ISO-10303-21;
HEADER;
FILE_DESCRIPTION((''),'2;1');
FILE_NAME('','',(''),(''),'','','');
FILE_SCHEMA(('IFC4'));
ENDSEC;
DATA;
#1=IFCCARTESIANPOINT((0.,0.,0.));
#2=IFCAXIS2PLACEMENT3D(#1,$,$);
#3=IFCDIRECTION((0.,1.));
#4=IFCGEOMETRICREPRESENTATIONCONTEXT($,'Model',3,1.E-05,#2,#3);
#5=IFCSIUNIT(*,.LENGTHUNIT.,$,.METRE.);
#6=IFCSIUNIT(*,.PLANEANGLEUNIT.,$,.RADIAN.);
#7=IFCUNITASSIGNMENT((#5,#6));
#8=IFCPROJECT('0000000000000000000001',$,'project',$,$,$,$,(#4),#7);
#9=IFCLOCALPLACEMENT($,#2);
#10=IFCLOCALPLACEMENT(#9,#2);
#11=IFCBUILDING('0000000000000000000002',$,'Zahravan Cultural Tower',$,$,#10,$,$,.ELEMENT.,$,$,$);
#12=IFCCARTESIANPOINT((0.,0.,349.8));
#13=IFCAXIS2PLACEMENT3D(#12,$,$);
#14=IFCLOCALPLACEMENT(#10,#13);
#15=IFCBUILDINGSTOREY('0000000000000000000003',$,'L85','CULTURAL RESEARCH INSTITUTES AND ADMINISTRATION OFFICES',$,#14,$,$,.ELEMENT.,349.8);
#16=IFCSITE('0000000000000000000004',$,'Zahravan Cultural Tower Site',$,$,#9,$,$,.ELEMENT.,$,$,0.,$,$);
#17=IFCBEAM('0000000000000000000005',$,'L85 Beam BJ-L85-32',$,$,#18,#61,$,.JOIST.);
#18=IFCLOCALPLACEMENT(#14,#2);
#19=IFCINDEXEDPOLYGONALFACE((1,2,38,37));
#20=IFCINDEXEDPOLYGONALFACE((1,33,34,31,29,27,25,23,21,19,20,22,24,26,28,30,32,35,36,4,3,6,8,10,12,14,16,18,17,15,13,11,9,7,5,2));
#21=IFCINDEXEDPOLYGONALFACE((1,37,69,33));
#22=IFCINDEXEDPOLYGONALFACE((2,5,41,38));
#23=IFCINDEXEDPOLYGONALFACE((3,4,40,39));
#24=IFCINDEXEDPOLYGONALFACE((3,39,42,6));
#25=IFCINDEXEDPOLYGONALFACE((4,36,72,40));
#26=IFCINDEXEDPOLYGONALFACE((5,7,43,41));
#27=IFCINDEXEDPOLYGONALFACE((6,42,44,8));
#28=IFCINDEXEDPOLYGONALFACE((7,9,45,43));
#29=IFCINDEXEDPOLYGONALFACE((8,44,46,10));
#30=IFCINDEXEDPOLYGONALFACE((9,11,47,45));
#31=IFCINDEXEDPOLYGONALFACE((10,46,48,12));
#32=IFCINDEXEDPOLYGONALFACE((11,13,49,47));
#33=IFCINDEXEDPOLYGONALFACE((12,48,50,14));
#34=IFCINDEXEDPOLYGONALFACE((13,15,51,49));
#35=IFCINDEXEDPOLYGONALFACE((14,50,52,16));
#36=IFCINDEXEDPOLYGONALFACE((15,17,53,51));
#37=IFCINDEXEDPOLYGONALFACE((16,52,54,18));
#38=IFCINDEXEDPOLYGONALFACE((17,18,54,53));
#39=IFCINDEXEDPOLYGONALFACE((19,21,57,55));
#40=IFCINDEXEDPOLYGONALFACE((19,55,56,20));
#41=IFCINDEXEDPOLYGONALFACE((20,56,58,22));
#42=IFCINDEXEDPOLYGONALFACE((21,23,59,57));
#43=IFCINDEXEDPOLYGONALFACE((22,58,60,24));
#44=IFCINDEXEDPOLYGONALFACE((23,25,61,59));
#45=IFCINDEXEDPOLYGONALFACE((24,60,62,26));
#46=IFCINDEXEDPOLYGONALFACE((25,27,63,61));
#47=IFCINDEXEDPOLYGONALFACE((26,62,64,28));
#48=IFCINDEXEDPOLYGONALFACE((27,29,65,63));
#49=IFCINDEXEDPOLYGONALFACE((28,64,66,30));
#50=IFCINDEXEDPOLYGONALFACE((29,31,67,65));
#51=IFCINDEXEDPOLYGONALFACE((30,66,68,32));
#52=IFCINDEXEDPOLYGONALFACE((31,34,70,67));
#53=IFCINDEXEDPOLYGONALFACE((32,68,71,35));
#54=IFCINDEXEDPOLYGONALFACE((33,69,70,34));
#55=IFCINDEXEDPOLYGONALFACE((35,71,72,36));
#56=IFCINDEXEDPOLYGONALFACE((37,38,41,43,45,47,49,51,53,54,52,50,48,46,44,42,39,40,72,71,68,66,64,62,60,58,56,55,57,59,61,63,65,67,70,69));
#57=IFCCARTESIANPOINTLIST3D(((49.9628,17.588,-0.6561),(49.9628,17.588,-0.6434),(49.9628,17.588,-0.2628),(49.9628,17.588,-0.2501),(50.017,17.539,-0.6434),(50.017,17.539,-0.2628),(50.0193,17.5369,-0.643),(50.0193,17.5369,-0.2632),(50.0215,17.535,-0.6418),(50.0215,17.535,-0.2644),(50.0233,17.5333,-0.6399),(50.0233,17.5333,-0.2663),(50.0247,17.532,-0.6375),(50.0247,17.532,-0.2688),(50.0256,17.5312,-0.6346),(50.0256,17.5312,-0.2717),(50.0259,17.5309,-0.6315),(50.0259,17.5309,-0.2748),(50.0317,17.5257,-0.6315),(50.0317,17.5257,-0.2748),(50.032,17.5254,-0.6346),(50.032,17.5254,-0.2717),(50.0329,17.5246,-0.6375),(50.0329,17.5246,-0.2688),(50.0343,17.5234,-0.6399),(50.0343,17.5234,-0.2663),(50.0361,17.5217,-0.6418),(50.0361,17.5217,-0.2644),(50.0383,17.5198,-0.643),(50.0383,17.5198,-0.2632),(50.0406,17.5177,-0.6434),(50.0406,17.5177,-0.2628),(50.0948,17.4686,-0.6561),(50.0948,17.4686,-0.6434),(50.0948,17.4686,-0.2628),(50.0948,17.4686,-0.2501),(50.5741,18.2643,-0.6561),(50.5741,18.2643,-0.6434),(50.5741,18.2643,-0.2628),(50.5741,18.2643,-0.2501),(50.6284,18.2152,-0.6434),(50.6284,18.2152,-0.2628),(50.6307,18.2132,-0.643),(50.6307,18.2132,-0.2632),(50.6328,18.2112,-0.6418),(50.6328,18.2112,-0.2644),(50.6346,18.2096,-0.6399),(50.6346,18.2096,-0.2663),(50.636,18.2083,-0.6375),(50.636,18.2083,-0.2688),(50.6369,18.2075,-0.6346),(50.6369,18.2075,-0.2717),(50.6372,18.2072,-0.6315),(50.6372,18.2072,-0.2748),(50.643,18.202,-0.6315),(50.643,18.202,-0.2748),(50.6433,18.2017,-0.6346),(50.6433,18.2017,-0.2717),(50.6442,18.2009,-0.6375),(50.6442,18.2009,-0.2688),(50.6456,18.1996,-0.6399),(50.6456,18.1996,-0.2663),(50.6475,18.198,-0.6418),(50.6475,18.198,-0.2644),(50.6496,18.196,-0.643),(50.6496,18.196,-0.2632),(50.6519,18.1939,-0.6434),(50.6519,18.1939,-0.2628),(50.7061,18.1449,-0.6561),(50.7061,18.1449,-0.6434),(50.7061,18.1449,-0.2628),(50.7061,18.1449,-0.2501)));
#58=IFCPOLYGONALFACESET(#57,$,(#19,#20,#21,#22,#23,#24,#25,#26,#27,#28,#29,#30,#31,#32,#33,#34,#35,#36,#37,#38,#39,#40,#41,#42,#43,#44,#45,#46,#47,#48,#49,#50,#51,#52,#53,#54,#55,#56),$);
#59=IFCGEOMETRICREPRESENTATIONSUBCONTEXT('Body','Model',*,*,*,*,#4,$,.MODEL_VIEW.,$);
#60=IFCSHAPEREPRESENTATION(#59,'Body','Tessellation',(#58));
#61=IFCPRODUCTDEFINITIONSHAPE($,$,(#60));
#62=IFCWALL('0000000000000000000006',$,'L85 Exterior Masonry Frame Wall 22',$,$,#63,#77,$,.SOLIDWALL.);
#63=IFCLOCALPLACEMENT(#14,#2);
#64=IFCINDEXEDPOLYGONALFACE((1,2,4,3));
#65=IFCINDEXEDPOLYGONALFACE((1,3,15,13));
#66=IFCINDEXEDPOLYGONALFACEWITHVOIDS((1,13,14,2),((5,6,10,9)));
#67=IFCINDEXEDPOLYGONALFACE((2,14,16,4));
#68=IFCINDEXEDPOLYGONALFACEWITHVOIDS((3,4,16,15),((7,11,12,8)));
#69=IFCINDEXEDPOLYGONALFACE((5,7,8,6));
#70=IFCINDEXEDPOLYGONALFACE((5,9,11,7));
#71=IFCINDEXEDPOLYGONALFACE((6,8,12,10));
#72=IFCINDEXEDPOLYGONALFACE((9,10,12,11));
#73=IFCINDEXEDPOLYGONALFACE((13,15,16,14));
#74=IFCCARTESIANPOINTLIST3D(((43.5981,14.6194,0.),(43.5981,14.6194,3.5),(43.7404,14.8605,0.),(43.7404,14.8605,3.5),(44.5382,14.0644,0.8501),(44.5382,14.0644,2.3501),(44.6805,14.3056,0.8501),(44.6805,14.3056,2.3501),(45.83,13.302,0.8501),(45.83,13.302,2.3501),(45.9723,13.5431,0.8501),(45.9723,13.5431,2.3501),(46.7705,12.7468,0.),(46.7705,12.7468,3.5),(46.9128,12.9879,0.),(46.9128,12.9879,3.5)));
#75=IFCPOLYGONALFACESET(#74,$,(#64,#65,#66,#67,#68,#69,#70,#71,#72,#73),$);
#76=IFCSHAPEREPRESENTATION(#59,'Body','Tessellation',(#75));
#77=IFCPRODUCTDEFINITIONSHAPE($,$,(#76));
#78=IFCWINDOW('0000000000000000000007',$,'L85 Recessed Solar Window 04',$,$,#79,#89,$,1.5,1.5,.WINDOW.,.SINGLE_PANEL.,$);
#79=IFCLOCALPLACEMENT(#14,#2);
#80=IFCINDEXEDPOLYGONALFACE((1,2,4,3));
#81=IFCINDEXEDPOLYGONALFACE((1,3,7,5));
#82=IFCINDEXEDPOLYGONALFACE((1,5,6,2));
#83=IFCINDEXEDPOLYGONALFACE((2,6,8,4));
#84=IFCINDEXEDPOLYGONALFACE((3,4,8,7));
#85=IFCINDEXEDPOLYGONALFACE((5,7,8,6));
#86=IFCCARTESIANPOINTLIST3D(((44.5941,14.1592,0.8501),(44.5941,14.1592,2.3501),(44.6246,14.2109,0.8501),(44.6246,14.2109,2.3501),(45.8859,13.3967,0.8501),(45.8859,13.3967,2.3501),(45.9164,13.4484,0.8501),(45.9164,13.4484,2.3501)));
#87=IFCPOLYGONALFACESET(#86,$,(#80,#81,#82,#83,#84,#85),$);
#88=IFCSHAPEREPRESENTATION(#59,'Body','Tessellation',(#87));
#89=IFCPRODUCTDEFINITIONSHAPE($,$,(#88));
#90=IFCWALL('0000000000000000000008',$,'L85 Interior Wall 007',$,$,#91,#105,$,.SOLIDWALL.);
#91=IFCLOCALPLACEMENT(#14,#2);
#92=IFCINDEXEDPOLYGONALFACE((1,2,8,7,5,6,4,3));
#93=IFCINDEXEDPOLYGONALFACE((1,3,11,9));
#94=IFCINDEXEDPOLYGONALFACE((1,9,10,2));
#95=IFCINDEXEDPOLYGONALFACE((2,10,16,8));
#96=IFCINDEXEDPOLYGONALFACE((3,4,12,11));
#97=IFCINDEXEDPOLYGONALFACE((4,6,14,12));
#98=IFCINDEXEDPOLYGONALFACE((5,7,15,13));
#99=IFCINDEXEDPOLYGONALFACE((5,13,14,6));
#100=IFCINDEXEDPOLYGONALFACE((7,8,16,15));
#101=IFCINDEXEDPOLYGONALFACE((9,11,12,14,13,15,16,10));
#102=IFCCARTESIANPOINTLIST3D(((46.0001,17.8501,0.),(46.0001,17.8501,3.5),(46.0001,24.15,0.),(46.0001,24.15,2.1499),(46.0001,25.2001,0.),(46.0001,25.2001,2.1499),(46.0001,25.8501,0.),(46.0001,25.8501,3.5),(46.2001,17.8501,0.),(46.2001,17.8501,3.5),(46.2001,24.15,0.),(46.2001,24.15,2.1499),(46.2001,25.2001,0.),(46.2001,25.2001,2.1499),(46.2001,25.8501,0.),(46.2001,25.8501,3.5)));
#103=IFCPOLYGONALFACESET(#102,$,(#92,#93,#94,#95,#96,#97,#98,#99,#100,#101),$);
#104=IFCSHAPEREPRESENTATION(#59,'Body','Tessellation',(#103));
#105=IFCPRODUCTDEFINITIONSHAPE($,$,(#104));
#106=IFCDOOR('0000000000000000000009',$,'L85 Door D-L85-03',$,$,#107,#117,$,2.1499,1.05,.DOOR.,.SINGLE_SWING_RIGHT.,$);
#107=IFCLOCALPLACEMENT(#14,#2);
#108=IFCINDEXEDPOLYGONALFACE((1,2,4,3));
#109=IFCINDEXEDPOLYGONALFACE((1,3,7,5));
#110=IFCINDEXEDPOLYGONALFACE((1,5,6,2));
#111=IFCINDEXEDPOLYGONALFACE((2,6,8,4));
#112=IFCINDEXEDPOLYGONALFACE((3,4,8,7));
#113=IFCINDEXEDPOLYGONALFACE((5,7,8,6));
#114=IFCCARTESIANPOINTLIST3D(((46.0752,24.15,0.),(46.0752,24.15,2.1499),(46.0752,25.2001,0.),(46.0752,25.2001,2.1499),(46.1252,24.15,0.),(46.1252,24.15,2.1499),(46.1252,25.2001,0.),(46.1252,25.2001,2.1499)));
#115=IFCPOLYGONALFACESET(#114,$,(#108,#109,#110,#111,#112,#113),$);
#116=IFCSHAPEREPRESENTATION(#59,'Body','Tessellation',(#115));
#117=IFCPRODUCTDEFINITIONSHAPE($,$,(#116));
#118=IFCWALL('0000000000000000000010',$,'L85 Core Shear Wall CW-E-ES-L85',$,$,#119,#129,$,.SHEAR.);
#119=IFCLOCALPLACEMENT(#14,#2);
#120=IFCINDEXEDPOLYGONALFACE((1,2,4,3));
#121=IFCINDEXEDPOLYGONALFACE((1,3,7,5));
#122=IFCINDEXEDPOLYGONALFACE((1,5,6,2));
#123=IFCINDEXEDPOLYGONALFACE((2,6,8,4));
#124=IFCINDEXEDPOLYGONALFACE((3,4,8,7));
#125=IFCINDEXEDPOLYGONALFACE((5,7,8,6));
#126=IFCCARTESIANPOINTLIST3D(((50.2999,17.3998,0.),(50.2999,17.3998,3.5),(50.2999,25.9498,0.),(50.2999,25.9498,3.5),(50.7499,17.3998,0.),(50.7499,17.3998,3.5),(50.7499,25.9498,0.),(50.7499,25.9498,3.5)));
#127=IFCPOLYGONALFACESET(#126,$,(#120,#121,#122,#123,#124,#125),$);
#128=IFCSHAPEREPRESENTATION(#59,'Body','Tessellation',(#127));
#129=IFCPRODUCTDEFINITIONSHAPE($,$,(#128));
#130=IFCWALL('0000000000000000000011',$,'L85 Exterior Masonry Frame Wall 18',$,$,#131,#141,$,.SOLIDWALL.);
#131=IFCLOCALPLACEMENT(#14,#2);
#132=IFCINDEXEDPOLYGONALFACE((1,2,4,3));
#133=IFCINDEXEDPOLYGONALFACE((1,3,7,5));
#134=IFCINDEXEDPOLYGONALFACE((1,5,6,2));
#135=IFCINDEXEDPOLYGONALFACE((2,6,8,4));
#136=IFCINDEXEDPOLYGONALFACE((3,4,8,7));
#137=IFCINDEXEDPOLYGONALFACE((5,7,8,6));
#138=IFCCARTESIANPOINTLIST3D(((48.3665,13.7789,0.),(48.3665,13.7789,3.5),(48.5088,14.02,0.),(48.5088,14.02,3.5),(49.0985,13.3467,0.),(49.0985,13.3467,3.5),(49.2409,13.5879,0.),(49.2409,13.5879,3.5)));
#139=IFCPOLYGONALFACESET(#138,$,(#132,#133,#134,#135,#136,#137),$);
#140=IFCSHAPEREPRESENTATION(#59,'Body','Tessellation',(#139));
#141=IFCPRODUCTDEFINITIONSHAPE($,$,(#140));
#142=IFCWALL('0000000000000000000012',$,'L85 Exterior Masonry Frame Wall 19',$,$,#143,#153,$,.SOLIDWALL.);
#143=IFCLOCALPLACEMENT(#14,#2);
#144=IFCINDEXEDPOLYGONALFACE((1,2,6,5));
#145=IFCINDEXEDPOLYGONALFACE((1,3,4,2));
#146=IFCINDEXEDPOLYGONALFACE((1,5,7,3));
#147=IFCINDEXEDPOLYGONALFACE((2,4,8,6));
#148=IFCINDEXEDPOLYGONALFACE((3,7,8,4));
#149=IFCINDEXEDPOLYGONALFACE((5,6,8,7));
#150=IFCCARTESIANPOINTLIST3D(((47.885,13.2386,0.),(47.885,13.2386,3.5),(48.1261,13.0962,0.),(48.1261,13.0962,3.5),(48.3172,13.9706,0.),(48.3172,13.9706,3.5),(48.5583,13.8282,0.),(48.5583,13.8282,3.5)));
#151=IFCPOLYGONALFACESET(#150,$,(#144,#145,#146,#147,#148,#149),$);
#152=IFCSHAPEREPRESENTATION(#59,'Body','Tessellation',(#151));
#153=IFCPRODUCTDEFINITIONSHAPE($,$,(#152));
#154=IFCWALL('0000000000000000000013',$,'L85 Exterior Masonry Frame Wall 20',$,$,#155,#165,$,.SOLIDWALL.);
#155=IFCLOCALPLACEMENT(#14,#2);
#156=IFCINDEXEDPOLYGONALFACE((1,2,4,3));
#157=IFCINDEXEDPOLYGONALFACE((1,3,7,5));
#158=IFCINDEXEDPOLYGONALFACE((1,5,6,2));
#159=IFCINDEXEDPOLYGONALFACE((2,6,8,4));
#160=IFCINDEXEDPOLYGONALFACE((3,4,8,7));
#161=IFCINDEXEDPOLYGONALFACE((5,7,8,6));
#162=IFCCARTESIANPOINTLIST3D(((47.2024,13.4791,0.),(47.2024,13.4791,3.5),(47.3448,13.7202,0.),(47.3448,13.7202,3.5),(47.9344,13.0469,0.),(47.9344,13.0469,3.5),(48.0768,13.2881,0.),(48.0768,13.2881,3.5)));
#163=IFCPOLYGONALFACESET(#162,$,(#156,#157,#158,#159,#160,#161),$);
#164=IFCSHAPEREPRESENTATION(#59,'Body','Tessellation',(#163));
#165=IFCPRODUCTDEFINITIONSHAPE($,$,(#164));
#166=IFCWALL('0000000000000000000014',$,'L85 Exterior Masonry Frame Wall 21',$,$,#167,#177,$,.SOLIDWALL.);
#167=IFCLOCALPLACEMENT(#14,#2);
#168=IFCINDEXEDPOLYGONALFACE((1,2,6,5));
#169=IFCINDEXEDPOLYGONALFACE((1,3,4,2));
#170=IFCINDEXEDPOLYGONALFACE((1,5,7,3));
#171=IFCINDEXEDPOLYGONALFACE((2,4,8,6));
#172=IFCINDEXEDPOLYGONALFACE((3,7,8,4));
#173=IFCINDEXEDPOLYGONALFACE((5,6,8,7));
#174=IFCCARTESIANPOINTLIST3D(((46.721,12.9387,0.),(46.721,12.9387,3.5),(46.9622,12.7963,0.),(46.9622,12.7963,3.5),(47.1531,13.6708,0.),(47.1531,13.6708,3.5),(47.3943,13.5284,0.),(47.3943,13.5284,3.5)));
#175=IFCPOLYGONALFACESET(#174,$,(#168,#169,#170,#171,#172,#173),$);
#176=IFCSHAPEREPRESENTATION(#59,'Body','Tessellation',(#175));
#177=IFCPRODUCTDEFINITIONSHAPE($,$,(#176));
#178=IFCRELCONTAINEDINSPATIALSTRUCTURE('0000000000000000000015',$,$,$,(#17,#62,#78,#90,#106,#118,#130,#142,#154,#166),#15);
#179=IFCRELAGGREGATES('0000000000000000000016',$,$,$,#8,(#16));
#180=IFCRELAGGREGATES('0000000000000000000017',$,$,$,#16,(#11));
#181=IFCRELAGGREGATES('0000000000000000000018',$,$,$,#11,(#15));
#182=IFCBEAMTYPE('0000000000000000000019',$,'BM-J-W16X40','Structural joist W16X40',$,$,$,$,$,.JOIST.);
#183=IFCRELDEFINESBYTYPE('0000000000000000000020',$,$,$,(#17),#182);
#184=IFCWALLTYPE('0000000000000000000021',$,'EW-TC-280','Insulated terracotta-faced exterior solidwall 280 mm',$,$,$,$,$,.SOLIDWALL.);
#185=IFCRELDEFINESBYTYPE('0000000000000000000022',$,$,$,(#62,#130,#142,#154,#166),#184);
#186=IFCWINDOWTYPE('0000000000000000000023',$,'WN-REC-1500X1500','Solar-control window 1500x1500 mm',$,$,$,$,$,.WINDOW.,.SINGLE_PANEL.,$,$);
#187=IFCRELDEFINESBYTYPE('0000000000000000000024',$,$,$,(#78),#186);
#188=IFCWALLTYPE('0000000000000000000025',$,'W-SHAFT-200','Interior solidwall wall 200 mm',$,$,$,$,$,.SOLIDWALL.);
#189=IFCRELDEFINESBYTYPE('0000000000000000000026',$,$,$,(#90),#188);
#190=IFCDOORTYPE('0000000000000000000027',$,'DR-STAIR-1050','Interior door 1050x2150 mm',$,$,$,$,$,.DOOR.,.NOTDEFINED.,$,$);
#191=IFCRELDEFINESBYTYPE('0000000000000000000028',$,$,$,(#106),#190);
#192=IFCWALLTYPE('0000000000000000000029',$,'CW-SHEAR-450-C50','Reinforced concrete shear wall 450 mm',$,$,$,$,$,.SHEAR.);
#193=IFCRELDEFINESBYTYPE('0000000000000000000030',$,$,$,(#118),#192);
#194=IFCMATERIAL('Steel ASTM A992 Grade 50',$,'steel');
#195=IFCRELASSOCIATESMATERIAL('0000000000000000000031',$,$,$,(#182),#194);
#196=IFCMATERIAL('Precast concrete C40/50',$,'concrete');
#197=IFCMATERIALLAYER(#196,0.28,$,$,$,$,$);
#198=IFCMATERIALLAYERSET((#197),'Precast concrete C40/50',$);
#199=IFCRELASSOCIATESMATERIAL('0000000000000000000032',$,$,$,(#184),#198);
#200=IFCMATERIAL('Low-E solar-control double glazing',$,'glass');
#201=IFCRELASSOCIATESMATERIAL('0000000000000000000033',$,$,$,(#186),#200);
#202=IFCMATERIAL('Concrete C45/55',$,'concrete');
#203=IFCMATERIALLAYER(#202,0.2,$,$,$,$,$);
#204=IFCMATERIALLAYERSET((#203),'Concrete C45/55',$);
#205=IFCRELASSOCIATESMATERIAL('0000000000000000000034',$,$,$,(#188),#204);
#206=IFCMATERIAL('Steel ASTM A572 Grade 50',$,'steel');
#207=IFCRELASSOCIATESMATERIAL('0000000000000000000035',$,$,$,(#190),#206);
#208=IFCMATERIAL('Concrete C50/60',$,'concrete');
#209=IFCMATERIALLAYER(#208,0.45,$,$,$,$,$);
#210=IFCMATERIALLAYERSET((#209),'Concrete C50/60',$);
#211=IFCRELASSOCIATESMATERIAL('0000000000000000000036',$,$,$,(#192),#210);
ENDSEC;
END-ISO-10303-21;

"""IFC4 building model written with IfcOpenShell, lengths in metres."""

from ifc_helpers import new_model, si_unit, direction, frame, frame_2d, origin, origin_2d, place, context, subcontext, project, spatial, rectangle, i_section, extrude, source, transform, mapped, material, layer, layer_set, material_profile, profile_set, type_object, element, fill, save


model = new_model("IFC4")

# Units and contexts
model_context = context("Model", 3, precision=1e-05, world=origin(), true_north=direction((0.0, 1.0)))
body_context = subcontext(model_context, "Body", "Model", "MODEL_VIEW")
ifc_project = project(units=[si_unit("LENGTHUNIT", "METRE"), si_unit("PLANEANGLEUNIT", "RADIAN")], contexts=[model_context])

# Site, building, storey
site_placement = place(None, origin())
site = spatial("IfcSite", under=ifc_project, at=site_placement, Name="Zahravan Cultural Tower Site", CompositionType="ELEMENT", RefElevation=0.0)
building_placement = place(site_placement, origin())
building = spatial("IfcBuilding", under=site, at=building_placement, Name="Zahravan Cultural Tower", CompositionType="ELEMENT")
storey_placement = place(building_placement, frame((0.0, 0.0, 349.8)))
storey = spatial("IfcBuildingStorey", under=building, at=storey_placement, Name="L85", Description="CULTURAL RESEARCH INSTITUTES AND ADMINISTRATION OFFICES", CompositionType="ELEMENT", Elevation=349.8)

# Shared definitions
ifc_material_1 = material(Name="Concrete C50/60", Category="concrete")
ifc_material_2 = material(Name="Steel ASTM A992 Grade 50", Category="steel")

# Beam
ifc_material_profile_1 = material_profile(ifc_material_2, i_section(OverallWidth=0.178, OverallDepth=0.406, WebThickness=0.0078, FlangeThickness=0.0127, FilletRadius=0.012, at=origin_2d()), Name="W16X40")
ifc_profile_set_1 = profile_set([ifc_material_profile_1], Name="Steel ASTM A992 Grade 50")
beam_type_1 = type_object("IfcBeamType", Name="BM-J-W16X40", Description="Structural joist W16X40", PredefinedType="JOIST", material=ifc_profile_set_1)
shared_shape_1 = source(origin(), body_context, "Body", "SweptSolid", [
    extrude(i_section(OverallWidth=0.178, OverallDepth=0.406, WebThickness=0.0078, FlangeThickness=0.0127, FilletRadius=0.012, at=origin_2d()), origin(), (0.0, 0.0, 1.0), 0.9116),
])
beam_1_placement = place(storey_placement, frame((50.0288, 17.5283, -0.4531), z_axis=(0.670591, 0.741828, 0.0), x_axis=(-0.741828, 0.670591, 0.0)))
element("IfcBeam", 1, at=beam_1_placement, inside=storey, type_object=beam_type_1, Name="L85 Beam BJ-L85-32", PredefinedType="JOIST", context=body_context, shape_type="MappedRepresentation", body=[
    mapped(shared_shape_1, transform((0.0, 0.0, 0.0), x_axis=(1.0, 0.0, 0.0), y_axis=(0.0, 1.0, 0.0), z_axis=(0.0, 0.0, 1.0), scale=1.0)),
])

# Wall, opening, window
ifc_material_3 = material(Name="Precast concrete C40/50", Category="concrete")
ifc_layer_1 = layer(ifc_material_3, 0.28)
ifc_layer_set_1 = layer_set([ifc_layer_1], Name="Precast concrete C40/50")
wall_type_1 = type_object("IfcWallType", Name="EW-TC-280", Description="Insulated terracotta-faced exterior solidwall 280 mm", PredefinedType="SOLIDWALL", material=ifc_layer_set_1)
wall_1_placement = place(storey_placement, frame((46.8416, 12.8674, 0.0), z_axis=(0.0, 0.0, 1.0), x_axis=(-0.861167, 0.508323, 0.0)))
wall_1 = element("IfcWall", 2, at=wall_1_placement, inside=storey, type_object=wall_type_1, Name="L85 Exterior Masonry Frame Wall 22", PredefinedType="SOLIDWALL", context=body_context, shape_type="SweptSolid", body=[
    extrude(rectangle(XDim=3.6838, YDim=0.28, at=frame_2d((1.8418, 0.0))), origin(), (0.0, 0.0, 1.0), 3.5),
])
opening_1_placement = place(wall_1_placement, frame((1.092, 0.0, 0.8501)))
opening_1 = element("IfcOpeningElement", 3, at=opening_1_placement, cuts=wall_1, PredefinedType="OPENING", context=body_context, shape_type="SweptSolid", body=[
    extrude(rectangle(XDim=1.5, YDim=1.5, at=frame_2d((0.75, 0.75))), frame((0.0, 0.1499, 0.0), z_axis=(0.0, -1.0, 0.0), x_axis=(1.0, 0.0, 0.0)), (0.0, 0.0, 1.0), 0.3),
])
ifc_material_4 = material(Name="Low-E solar-control double glazing", Category="glass")
window_type = type_object("IfcWindowType", Name="WN-REC-1500X1500", Description="Solar-control window 1500x1500 mm", PartitioningType="SINGLE_PANEL", PredefinedType="WINDOW", material=ifc_material_4)
shared_shape_2 = source(origin(), body_context, "Body", "SweptSolid", [
    extrude(rectangle(XDim=1.5, YDim=1.5, at=frame_2d((0.75, 0.75))), frame((0.0, 0.03, 0.0), z_axis=(0.0, -1.0, 0.0), x_axis=(1.0, 0.0, 0.0)), (0.0, 0.0, 1.0), 0.0601),
])
window_placement = place(opening_1_placement, origin())
window = element("IfcWindow", 4, at=window_placement, inside=storey, type_object=window_type, Name="L85 Recessed Solar Window 04", OverallHeight=1.5, OverallWidth=1.5, PartitioningType="SINGLE_PANEL", PredefinedType="WINDOW", context=body_context, shape_type="MappedRepresentation", body=[
    mapped(shared_shape_2, transform((0.0, 0.0, 0.0), x_axis=(1.0, 0.0, 0.0), y_axis=(0.0, 1.0, 0.0), z_axis=(0.0, 0.0, 1.0), scale=1.0)),
])
fill(opening_1, window)

# Wall, opening, door
ifc_material_5 = material(Name="Concrete C45/55", Category="concrete")
ifc_layer_2 = layer(ifc_material_5, 0.2)
ifc_layer_set_2 = layer_set([ifc_layer_2], Name="Concrete C45/55")
wall_type_2 = type_object("IfcWallType", Name="W-SHAFT-200", Description="Interior solidwall wall 200 mm", PredefinedType="SOLIDWALL", material=ifc_layer_set_2)
wall_2_placement = place(storey_placement, frame((46.1001, 17.8501, 0.0), z_axis=(0.0, 0.0, 1.0), x_axis=(0.0, 1.0, 0.0)))
wall_2 = element("IfcWall", 5, at=wall_2_placement, inside=storey, type_object=wall_type_2, Name="L85 Interior Wall 007", PredefinedType="SOLIDWALL", context=body_context, shape_type="SweptSolid", body=[
    extrude(rectangle(XDim=8.0, YDim=0.2, at=frame_2d((4.0, 0.0))), origin(), (0.0, 0.0, 1.0), 3.5),
])
opening_2_placement = place(wall_2_placement, frame((6.3, 0.0, 0.0)))
opening_2 = element("IfcOpeningElement", 6, at=opening_2_placement, cuts=wall_2, PredefinedType="OPENING", context=body_context, shape_type="SweptSolid", body=[
    extrude(rectangle(XDim=1.05, YDim=2.1499, at=frame_2d((0.5249, 1.075))), frame((0.0, 0.1099, 0.0), z_axis=(0.0, -1.0, 0.0), x_axis=(1.0, 0.0, 0.0)), (0.0, 0.0, 1.0), 0.22),
])
ifc_material_6 = material(Name="Steel ASTM A572 Grade 50", Category="steel")
door_type = type_object("IfcDoorType", Name="DR-STAIR-1050", Description="Interior door 1050x2150 mm", OperationType="NOTDEFINED", PredefinedType="DOOR", material=ifc_material_6)
shared_shape_3 = source(origin(), body_context, "Body", "SweptSolid", [
    extrude(rectangle(XDim=1.05, YDim=2.1499, at=frame_2d((0.5249, 1.075))), frame((0.0, 0.0249, 0.0), z_axis=(0.0, -1.0, 0.0), x_axis=(1.0, 0.0, 0.0)), (0.0, 0.0, 1.0), 0.05),
])
door_placement = place(opening_2_placement, origin())
door = element("IfcDoor", 7, at=door_placement, inside=storey, type_object=door_type, Name="L85 Door D-L85-03", OperationType="SINGLE_SWING_RIGHT", OverallHeight=2.1499, OverallWidth=1.05, PredefinedType="DOOR", context=body_context, shape_type="MappedRepresentation", body=[
    mapped(shared_shape_3, transform((0.0, 0.0, 0.0), x_axis=(1.0, 0.0, 0.0), y_axis=(0.0, 1.0, 0.0), z_axis=(0.0, 0.0, 1.0), scale=1.0)),
])
fill(opening_2, door)

# Walls
ifc_layer_3 = layer(ifc_material_1, 0.45)
ifc_layer_set_3 = layer_set([ifc_layer_3], Name="Concrete C50/60")
wall_type_3 = type_object("IfcWallType", Name="CW-SHEAR-450-C50", Description="Reinforced concrete shear wall 450 mm", PredefinedType="SHEAR", material=ifc_layer_set_3)
shared_shape_4 = source(origin(), body_context, "Body", "SweptSolid", [
    extrude(rectangle(XDim=8.55, YDim=0.45, at=frame_2d((4.2749, 0.0))), origin(), (0.0, 0.0, 1.0), 3.5),
])
wall_3_placement = place(storey_placement, frame((50.5249, 17.3999, 0.0), z_axis=(0.0, 0.0, 1.0), x_axis=(0.0, 1.0, 0.0)))
element("IfcWall", 8, at=wall_3_placement, inside=storey, type_object=wall_type_3, Name="L85 Core Shear Wall CW-E-ES-L85", PredefinedType="SHEAR", context=body_context, shape_type="MappedRepresentation", body=[
    mapped(shared_shape_4, transform((0.0, 0.0, 0.0), x_axis=(1.0, 0.0, 0.0), y_axis=(0.0, 1.0, 0.0), z_axis=(0.0, 0.0, 1.0), scale=1.0)),
])
shared_shape_5 = source(origin(), body_context, "Body", "SweptSolid", [
    extrude(rectangle(XDim=0.8501, YDim=0.28, at=frame_2d((0.425, 0.0))), origin(), (0.0, 0.0, 1.0), 3.5),
])
for number, where, z_axis, x_axis, name in (
    (9, (49.1697, 13.4673, 0.0), (0.0, 0.0, 1.0), (-0.861121, 0.5084, 0.0), "L85 Exterior Masonry Frame Wall 18"),
    (10, (48.4377, 13.8994, 0.0), (0.0, 0.0, 1.0), (-0.5084, -0.861121, 0.0), "L85 Exterior Masonry Frame Wall 19"),
    (11, (48.0056, 13.1675, 0.0), (0.0, 0.0, 1.0), (-0.861121, 0.5084, 0.0), "L85 Exterior Masonry Frame Wall 20"),
    (12, (47.2737, 13.5996, 0.0), (0.0, 0.0, 1.0), (-0.508275, -0.861195, 0.0), "L85 Exterior Masonry Frame Wall 21"),
):
    element("IfcWall", number, at=place(storey_placement, frame(where, z_axis=z_axis, x_axis=x_axis)), inside=storey, type_object=wall_type_1, Name=name, PredefinedType="SOLIDWALL", context=body_context, shape_type="MappedRepresentation", body=[
        mapped(shared_shape_5, transform((0.0, 0.0, 0.0), x_axis=(1.0, 0.0, 0.0), y_axis=(0.0, 1.0, 0.0), z_axis=(0.0, 0.0, 1.0), scale=1.0)),
    ])

save(model, "model.ifc")
